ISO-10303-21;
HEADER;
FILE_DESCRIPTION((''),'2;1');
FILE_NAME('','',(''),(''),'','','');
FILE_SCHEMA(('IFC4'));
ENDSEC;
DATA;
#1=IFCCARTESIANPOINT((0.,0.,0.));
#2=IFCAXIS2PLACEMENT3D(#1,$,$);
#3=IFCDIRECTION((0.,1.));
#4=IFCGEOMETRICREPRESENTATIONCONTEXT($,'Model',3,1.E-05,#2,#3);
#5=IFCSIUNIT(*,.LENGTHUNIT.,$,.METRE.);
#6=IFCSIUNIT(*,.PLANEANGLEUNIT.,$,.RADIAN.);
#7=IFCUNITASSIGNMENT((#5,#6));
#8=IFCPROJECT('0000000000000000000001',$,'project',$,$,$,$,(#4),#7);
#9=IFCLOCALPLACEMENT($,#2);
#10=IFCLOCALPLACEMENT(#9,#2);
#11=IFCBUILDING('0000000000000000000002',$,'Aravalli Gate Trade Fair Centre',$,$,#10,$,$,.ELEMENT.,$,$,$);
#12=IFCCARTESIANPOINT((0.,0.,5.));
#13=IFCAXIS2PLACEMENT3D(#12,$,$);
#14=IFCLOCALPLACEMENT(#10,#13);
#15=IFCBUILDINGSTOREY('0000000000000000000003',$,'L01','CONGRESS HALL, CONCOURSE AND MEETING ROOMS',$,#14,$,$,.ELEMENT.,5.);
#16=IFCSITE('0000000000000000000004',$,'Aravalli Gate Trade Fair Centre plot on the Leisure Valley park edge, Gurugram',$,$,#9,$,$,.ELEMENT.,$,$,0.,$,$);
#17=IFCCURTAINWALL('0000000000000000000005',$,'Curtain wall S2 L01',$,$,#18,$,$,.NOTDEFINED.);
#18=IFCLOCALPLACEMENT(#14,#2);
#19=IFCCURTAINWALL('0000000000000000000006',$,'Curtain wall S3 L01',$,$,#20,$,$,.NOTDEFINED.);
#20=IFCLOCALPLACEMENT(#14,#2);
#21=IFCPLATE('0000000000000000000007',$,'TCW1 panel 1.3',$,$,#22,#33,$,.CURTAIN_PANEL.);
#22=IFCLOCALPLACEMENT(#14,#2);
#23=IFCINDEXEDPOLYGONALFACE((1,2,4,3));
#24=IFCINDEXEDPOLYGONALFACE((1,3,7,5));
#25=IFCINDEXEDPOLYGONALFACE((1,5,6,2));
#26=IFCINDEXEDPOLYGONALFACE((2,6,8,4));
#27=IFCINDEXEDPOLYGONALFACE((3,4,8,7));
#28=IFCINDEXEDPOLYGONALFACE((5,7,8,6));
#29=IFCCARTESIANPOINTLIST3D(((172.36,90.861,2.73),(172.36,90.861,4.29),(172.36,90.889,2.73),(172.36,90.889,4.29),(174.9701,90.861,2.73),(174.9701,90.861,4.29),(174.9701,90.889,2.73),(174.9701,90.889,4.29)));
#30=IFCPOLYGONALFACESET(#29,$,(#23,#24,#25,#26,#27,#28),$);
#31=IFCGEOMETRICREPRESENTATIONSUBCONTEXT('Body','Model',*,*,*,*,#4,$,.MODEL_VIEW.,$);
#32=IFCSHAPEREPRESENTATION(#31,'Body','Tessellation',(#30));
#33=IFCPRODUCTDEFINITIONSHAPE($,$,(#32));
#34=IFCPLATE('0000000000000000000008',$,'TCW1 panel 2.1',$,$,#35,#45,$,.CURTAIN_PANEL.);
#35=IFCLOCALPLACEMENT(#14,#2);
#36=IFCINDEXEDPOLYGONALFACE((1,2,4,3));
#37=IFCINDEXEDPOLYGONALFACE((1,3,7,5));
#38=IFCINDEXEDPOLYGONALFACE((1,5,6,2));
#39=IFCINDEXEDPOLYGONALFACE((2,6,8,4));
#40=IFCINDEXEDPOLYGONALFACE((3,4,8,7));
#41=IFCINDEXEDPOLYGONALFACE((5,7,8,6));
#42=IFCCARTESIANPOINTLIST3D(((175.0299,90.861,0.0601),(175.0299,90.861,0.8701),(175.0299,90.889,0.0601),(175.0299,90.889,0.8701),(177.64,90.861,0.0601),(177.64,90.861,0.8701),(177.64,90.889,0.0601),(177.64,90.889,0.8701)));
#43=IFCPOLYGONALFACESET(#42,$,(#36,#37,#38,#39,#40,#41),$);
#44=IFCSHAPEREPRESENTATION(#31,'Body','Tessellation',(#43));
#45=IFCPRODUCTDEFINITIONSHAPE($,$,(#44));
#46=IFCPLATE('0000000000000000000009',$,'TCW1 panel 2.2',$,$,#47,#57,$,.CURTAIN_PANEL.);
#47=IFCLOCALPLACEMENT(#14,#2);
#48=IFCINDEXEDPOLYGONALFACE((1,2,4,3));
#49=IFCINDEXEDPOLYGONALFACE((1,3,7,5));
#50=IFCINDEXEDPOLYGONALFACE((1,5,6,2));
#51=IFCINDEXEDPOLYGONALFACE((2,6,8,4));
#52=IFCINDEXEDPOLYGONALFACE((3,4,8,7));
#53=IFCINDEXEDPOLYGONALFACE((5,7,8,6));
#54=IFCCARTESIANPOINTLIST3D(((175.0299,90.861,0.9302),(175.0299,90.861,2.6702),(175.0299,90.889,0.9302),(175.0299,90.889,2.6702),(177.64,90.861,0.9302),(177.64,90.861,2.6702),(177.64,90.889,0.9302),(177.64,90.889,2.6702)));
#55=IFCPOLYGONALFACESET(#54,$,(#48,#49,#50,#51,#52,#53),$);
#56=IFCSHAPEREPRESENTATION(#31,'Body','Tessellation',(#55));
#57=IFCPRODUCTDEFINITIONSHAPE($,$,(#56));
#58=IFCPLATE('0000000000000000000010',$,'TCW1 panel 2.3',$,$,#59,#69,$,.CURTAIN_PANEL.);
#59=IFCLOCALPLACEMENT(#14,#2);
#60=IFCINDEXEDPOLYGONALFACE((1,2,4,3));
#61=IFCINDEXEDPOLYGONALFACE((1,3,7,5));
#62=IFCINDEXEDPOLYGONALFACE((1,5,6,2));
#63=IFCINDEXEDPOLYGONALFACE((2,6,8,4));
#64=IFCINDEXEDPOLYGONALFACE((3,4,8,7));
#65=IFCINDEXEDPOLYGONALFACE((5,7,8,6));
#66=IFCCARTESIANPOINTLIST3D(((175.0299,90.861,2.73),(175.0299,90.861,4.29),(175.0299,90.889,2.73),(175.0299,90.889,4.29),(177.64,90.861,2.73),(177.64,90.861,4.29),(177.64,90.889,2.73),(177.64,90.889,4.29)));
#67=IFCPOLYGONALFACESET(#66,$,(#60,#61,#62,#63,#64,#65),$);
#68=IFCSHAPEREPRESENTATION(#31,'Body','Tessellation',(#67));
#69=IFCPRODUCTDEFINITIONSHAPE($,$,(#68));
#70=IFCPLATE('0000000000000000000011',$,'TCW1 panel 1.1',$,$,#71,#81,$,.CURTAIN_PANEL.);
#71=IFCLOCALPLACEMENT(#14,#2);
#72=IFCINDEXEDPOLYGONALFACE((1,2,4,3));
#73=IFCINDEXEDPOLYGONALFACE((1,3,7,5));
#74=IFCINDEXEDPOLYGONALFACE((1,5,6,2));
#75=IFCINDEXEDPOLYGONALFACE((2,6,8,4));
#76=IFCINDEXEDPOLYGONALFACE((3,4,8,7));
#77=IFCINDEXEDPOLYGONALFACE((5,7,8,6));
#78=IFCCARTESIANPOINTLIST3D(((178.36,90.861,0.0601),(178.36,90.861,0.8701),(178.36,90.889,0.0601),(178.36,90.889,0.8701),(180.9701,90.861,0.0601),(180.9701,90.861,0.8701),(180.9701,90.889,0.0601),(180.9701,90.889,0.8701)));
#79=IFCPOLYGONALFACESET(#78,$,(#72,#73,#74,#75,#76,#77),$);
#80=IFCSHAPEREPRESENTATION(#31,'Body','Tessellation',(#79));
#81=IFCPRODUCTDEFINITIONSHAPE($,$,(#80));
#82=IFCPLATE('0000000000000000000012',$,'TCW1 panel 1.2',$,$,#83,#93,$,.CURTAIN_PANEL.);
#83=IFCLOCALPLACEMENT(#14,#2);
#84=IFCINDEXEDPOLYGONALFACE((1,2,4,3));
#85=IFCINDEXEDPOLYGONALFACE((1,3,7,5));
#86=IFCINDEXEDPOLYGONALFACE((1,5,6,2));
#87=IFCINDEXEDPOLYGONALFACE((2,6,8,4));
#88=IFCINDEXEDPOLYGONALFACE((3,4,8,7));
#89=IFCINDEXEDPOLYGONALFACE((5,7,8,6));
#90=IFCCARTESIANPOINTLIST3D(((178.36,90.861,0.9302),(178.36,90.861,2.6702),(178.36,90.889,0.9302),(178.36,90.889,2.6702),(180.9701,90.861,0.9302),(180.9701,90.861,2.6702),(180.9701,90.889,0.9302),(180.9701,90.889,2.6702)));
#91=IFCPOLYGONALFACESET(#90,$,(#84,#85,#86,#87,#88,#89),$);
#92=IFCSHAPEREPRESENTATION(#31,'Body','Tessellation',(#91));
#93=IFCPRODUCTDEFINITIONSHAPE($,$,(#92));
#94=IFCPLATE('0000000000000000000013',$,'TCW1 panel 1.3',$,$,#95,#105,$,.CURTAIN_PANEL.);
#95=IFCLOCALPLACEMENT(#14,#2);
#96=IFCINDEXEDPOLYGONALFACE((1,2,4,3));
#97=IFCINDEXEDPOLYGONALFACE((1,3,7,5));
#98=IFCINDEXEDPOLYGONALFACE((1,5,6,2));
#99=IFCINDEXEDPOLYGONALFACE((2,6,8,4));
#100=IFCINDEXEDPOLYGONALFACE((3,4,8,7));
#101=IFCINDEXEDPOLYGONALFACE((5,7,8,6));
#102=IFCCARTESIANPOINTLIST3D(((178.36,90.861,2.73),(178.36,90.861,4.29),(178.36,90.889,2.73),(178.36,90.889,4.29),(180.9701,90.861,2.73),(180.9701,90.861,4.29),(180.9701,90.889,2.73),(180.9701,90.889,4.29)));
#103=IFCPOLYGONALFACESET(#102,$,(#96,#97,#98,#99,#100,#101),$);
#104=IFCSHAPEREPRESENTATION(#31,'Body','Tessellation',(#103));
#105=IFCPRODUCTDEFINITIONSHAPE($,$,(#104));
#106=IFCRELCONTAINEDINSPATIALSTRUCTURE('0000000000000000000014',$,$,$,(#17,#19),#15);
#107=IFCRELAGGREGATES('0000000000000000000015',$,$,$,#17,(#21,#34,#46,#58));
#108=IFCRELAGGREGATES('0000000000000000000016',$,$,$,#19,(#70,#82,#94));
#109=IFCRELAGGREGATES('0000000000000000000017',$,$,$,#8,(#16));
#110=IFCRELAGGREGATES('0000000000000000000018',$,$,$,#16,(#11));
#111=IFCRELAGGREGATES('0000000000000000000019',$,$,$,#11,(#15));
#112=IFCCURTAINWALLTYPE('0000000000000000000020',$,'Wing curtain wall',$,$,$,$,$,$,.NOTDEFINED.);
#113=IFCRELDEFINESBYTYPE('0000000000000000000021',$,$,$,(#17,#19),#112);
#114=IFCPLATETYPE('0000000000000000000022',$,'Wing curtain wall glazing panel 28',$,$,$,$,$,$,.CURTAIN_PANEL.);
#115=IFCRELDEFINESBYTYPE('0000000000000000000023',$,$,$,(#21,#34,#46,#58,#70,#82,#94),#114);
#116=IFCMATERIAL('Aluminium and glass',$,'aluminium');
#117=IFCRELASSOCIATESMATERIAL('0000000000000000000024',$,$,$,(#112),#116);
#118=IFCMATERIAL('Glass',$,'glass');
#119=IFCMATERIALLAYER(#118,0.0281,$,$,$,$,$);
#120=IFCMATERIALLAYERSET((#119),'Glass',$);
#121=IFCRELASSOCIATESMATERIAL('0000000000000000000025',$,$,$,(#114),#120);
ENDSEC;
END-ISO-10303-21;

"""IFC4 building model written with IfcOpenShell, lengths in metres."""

from ifc_helpers import new_model, si_unit, direction, frame, origin, origin_2d, place, context, subcontext, project, spatial, rectangle, extrude, material, layer, layer_set, type_object, element, aggregate, save


model = new_model("IFC4")

# Units and contexts
model_context = context("Model", 3, precision=1e-05, world=origin(), true_north=direction((0.0, 1.0)))
body_context = subcontext(model_context, "Body", "Model", "MODEL_VIEW")
ifc_project = project(units=[si_unit("LENGTHUNIT", "METRE"), si_unit("PLANEANGLEUNIT", "RADIAN")], contexts=[model_context])

# Site, building, storey
site_placement = place(None, origin())
site = spatial("IfcSite", under=ifc_project, at=site_placement, Name="Aravalli Gate Trade Fair Centre plot on the Leisure Valley park edge, Gurugram", CompositionType="ELEMENT", RefElevation=0.0)
building_placement = place(site_placement, origin())
building = spatial("IfcBuilding", under=site, at=building_placement, Name="Aravalli Gate Trade Fair Centre", CompositionType="ELEMENT")
storey_placement = place(building_placement, frame((0.0, 0.0, 5.0)))
storey = spatial("IfcBuildingStorey", under=building, at=storey_placement, Name="L01", Description="CONGRESS HALL, CONCOURSE AND MEETING ROOMS", CompositionType="ELEMENT", Elevation=5.0)

# Curtain walls
ifc_material_1 = material(Name="Aluminium and glass", Category="aluminium")
curtain_wall_type = type_object("IfcCurtainWallType", Name="Wing curtain wall", PredefinedType="NOTDEFINED", material=ifc_material_1)
curtain_wall_1_placement = place(storey_placement, origin())
curtain_wall_1 = element("IfcCurtainWall", 1, at=curtain_wall_1_placement, inside=storey, type_object=curtain_wall_type, Name="Curtain wall S2 L01", PredefinedType="NOTDEFINED")
curtain_wall_2_placement = place(storey_placement, origin())
curtain_wall_2 = element("IfcCurtainWall", 2, at=curtain_wall_2_placement, inside=storey, type_object=curtain_wall_type, Name="Curtain wall S3 L01", PredefinedType="NOTDEFINED")

# Plates
ifc_material_2 = material(Name="Glass", Category="glass")
ifc_layer = layer(ifc_material_2, 0.0281)
ifc_layer_set = layer_set([ifc_layer], Name="Glass")
plate_type = type_object("IfcPlateType", Name="Wing curtain wall glazing panel 28", PredefinedType="CURTAIN_PANEL", material=ifc_layer_set)
plate_1_placement = place(storey_placement, frame((173.665, 90.875, 2.73), z_axis=(0.0, 0.0, 1.0), x_axis=(1.0, 0.0, 0.0)))
plate_1 = element("IfcPlate", 3, at=plate_1_placement, type_object=plate_type, Name="TCW1 panel 1.3", PredefinedType="CURTAIN_PANEL", context=body_context, shape_type="SweptSolid", body=[
    extrude(rectangle(XDim=2.6101, YDim=0.0281, at=origin_2d()), origin(), (0.0, 0.0, 1.0), 1.5601),
])
plate_2_placement = place(storey_placement, frame((176.335, 90.875, 0.0601), z_axis=(0.0, 0.0, 1.0), x_axis=(1.0, 0.0, 0.0)))
plate_2 = element("IfcPlate", 4, at=plate_2_placement, type_object=plate_type, Name="TCW1 panel 2.1", PredefinedType="CURTAIN_PANEL", context=body_context, shape_type="SweptSolid", body=[
    extrude(rectangle(XDim=2.6101, YDim=0.0281, at=origin_2d()), origin(), (0.0, 0.0, 1.0), 0.8101),
])
plate_3_placement = place(storey_placement, frame((176.335, 90.875, 0.9302), z_axis=(0.0, 0.0, 1.0), x_axis=(1.0, 0.0, 0.0)))
plate_3 = element("IfcPlate", 5, at=plate_3_placement, type_object=plate_type, Name="TCW1 panel 2.2", PredefinedType="CURTAIN_PANEL", context=body_context, shape_type="SweptSolid", body=[
    extrude(rectangle(XDim=2.6101, YDim=0.0281, at=origin_2d()), origin(), (0.0, 0.0, 1.0), 1.74),
])
plate_4_placement = place(storey_placement, frame((176.335, 90.875, 2.73), z_axis=(0.0, 0.0, 1.0), x_axis=(1.0, 0.0, 0.0)))
plate_4 = element("IfcPlate", 6, at=plate_4_placement, type_object=plate_type, Name="TCW1 panel 2.3", PredefinedType="CURTAIN_PANEL", context=body_context, shape_type="SweptSolid", body=[
    extrude(rectangle(XDim=2.6101, YDim=0.0281, at=origin_2d()), origin(), (0.0, 0.0, 1.0), 1.5601),
])
aggregate(curtain_wall_1, [plate_1, plate_2, plate_3, plate_4])
plate_5_placement = place(storey_placement, frame((179.665, 90.875, 0.0601), z_axis=(0.0, 0.0, 1.0), x_axis=(1.0, 0.0, 0.0)))
plate_5 = element("IfcPlate", 7, at=plate_5_placement, type_object=plate_type, Name="TCW1 panel 1.1", PredefinedType="CURTAIN_PANEL", context=body_context, shape_type="SweptSolid", body=[
    extrude(rectangle(XDim=2.6101, YDim=0.0281, at=origin_2d()), origin(), (0.0, 0.0, 1.0), 0.8101),
])
plate_6_placement = place(storey_placement, frame((179.665, 90.875, 0.9302), z_axis=(0.0, 0.0, 1.0), x_axis=(1.0, 0.0, 0.0)))
plate_6 = element("IfcPlate", 8, at=plate_6_placement, type_object=plate_type, Name="TCW1 panel 1.2", PredefinedType="CURTAIN_PANEL", context=body_context, shape_type="SweptSolid", body=[
    extrude(rectangle(XDim=2.6101, YDim=0.0281, at=origin_2d()), origin(), (0.0, 0.0, 1.0), 1.74),
])
plate_7_placement = place(storey_placement, frame((179.665, 90.875, 2.73), z_axis=(0.0, 0.0, 1.0), x_axis=(1.0, 0.0, 0.0)))
plate_7 = element("IfcPlate", 9, at=plate_7_placement, type_object=plate_type, Name="TCW1 panel 1.3", PredefinedType="CURTAIN_PANEL", context=body_context, shape_type="SweptSolid", body=[
    extrude(rectangle(XDim=2.6101, YDim=0.0281, at=origin_2d()), origin(), (0.0, 0.0, 1.0), 1.5601),
])
aggregate(curtain_wall_2, [plate_5, plate_6, plate_7])

save(model, "model.ifc")
